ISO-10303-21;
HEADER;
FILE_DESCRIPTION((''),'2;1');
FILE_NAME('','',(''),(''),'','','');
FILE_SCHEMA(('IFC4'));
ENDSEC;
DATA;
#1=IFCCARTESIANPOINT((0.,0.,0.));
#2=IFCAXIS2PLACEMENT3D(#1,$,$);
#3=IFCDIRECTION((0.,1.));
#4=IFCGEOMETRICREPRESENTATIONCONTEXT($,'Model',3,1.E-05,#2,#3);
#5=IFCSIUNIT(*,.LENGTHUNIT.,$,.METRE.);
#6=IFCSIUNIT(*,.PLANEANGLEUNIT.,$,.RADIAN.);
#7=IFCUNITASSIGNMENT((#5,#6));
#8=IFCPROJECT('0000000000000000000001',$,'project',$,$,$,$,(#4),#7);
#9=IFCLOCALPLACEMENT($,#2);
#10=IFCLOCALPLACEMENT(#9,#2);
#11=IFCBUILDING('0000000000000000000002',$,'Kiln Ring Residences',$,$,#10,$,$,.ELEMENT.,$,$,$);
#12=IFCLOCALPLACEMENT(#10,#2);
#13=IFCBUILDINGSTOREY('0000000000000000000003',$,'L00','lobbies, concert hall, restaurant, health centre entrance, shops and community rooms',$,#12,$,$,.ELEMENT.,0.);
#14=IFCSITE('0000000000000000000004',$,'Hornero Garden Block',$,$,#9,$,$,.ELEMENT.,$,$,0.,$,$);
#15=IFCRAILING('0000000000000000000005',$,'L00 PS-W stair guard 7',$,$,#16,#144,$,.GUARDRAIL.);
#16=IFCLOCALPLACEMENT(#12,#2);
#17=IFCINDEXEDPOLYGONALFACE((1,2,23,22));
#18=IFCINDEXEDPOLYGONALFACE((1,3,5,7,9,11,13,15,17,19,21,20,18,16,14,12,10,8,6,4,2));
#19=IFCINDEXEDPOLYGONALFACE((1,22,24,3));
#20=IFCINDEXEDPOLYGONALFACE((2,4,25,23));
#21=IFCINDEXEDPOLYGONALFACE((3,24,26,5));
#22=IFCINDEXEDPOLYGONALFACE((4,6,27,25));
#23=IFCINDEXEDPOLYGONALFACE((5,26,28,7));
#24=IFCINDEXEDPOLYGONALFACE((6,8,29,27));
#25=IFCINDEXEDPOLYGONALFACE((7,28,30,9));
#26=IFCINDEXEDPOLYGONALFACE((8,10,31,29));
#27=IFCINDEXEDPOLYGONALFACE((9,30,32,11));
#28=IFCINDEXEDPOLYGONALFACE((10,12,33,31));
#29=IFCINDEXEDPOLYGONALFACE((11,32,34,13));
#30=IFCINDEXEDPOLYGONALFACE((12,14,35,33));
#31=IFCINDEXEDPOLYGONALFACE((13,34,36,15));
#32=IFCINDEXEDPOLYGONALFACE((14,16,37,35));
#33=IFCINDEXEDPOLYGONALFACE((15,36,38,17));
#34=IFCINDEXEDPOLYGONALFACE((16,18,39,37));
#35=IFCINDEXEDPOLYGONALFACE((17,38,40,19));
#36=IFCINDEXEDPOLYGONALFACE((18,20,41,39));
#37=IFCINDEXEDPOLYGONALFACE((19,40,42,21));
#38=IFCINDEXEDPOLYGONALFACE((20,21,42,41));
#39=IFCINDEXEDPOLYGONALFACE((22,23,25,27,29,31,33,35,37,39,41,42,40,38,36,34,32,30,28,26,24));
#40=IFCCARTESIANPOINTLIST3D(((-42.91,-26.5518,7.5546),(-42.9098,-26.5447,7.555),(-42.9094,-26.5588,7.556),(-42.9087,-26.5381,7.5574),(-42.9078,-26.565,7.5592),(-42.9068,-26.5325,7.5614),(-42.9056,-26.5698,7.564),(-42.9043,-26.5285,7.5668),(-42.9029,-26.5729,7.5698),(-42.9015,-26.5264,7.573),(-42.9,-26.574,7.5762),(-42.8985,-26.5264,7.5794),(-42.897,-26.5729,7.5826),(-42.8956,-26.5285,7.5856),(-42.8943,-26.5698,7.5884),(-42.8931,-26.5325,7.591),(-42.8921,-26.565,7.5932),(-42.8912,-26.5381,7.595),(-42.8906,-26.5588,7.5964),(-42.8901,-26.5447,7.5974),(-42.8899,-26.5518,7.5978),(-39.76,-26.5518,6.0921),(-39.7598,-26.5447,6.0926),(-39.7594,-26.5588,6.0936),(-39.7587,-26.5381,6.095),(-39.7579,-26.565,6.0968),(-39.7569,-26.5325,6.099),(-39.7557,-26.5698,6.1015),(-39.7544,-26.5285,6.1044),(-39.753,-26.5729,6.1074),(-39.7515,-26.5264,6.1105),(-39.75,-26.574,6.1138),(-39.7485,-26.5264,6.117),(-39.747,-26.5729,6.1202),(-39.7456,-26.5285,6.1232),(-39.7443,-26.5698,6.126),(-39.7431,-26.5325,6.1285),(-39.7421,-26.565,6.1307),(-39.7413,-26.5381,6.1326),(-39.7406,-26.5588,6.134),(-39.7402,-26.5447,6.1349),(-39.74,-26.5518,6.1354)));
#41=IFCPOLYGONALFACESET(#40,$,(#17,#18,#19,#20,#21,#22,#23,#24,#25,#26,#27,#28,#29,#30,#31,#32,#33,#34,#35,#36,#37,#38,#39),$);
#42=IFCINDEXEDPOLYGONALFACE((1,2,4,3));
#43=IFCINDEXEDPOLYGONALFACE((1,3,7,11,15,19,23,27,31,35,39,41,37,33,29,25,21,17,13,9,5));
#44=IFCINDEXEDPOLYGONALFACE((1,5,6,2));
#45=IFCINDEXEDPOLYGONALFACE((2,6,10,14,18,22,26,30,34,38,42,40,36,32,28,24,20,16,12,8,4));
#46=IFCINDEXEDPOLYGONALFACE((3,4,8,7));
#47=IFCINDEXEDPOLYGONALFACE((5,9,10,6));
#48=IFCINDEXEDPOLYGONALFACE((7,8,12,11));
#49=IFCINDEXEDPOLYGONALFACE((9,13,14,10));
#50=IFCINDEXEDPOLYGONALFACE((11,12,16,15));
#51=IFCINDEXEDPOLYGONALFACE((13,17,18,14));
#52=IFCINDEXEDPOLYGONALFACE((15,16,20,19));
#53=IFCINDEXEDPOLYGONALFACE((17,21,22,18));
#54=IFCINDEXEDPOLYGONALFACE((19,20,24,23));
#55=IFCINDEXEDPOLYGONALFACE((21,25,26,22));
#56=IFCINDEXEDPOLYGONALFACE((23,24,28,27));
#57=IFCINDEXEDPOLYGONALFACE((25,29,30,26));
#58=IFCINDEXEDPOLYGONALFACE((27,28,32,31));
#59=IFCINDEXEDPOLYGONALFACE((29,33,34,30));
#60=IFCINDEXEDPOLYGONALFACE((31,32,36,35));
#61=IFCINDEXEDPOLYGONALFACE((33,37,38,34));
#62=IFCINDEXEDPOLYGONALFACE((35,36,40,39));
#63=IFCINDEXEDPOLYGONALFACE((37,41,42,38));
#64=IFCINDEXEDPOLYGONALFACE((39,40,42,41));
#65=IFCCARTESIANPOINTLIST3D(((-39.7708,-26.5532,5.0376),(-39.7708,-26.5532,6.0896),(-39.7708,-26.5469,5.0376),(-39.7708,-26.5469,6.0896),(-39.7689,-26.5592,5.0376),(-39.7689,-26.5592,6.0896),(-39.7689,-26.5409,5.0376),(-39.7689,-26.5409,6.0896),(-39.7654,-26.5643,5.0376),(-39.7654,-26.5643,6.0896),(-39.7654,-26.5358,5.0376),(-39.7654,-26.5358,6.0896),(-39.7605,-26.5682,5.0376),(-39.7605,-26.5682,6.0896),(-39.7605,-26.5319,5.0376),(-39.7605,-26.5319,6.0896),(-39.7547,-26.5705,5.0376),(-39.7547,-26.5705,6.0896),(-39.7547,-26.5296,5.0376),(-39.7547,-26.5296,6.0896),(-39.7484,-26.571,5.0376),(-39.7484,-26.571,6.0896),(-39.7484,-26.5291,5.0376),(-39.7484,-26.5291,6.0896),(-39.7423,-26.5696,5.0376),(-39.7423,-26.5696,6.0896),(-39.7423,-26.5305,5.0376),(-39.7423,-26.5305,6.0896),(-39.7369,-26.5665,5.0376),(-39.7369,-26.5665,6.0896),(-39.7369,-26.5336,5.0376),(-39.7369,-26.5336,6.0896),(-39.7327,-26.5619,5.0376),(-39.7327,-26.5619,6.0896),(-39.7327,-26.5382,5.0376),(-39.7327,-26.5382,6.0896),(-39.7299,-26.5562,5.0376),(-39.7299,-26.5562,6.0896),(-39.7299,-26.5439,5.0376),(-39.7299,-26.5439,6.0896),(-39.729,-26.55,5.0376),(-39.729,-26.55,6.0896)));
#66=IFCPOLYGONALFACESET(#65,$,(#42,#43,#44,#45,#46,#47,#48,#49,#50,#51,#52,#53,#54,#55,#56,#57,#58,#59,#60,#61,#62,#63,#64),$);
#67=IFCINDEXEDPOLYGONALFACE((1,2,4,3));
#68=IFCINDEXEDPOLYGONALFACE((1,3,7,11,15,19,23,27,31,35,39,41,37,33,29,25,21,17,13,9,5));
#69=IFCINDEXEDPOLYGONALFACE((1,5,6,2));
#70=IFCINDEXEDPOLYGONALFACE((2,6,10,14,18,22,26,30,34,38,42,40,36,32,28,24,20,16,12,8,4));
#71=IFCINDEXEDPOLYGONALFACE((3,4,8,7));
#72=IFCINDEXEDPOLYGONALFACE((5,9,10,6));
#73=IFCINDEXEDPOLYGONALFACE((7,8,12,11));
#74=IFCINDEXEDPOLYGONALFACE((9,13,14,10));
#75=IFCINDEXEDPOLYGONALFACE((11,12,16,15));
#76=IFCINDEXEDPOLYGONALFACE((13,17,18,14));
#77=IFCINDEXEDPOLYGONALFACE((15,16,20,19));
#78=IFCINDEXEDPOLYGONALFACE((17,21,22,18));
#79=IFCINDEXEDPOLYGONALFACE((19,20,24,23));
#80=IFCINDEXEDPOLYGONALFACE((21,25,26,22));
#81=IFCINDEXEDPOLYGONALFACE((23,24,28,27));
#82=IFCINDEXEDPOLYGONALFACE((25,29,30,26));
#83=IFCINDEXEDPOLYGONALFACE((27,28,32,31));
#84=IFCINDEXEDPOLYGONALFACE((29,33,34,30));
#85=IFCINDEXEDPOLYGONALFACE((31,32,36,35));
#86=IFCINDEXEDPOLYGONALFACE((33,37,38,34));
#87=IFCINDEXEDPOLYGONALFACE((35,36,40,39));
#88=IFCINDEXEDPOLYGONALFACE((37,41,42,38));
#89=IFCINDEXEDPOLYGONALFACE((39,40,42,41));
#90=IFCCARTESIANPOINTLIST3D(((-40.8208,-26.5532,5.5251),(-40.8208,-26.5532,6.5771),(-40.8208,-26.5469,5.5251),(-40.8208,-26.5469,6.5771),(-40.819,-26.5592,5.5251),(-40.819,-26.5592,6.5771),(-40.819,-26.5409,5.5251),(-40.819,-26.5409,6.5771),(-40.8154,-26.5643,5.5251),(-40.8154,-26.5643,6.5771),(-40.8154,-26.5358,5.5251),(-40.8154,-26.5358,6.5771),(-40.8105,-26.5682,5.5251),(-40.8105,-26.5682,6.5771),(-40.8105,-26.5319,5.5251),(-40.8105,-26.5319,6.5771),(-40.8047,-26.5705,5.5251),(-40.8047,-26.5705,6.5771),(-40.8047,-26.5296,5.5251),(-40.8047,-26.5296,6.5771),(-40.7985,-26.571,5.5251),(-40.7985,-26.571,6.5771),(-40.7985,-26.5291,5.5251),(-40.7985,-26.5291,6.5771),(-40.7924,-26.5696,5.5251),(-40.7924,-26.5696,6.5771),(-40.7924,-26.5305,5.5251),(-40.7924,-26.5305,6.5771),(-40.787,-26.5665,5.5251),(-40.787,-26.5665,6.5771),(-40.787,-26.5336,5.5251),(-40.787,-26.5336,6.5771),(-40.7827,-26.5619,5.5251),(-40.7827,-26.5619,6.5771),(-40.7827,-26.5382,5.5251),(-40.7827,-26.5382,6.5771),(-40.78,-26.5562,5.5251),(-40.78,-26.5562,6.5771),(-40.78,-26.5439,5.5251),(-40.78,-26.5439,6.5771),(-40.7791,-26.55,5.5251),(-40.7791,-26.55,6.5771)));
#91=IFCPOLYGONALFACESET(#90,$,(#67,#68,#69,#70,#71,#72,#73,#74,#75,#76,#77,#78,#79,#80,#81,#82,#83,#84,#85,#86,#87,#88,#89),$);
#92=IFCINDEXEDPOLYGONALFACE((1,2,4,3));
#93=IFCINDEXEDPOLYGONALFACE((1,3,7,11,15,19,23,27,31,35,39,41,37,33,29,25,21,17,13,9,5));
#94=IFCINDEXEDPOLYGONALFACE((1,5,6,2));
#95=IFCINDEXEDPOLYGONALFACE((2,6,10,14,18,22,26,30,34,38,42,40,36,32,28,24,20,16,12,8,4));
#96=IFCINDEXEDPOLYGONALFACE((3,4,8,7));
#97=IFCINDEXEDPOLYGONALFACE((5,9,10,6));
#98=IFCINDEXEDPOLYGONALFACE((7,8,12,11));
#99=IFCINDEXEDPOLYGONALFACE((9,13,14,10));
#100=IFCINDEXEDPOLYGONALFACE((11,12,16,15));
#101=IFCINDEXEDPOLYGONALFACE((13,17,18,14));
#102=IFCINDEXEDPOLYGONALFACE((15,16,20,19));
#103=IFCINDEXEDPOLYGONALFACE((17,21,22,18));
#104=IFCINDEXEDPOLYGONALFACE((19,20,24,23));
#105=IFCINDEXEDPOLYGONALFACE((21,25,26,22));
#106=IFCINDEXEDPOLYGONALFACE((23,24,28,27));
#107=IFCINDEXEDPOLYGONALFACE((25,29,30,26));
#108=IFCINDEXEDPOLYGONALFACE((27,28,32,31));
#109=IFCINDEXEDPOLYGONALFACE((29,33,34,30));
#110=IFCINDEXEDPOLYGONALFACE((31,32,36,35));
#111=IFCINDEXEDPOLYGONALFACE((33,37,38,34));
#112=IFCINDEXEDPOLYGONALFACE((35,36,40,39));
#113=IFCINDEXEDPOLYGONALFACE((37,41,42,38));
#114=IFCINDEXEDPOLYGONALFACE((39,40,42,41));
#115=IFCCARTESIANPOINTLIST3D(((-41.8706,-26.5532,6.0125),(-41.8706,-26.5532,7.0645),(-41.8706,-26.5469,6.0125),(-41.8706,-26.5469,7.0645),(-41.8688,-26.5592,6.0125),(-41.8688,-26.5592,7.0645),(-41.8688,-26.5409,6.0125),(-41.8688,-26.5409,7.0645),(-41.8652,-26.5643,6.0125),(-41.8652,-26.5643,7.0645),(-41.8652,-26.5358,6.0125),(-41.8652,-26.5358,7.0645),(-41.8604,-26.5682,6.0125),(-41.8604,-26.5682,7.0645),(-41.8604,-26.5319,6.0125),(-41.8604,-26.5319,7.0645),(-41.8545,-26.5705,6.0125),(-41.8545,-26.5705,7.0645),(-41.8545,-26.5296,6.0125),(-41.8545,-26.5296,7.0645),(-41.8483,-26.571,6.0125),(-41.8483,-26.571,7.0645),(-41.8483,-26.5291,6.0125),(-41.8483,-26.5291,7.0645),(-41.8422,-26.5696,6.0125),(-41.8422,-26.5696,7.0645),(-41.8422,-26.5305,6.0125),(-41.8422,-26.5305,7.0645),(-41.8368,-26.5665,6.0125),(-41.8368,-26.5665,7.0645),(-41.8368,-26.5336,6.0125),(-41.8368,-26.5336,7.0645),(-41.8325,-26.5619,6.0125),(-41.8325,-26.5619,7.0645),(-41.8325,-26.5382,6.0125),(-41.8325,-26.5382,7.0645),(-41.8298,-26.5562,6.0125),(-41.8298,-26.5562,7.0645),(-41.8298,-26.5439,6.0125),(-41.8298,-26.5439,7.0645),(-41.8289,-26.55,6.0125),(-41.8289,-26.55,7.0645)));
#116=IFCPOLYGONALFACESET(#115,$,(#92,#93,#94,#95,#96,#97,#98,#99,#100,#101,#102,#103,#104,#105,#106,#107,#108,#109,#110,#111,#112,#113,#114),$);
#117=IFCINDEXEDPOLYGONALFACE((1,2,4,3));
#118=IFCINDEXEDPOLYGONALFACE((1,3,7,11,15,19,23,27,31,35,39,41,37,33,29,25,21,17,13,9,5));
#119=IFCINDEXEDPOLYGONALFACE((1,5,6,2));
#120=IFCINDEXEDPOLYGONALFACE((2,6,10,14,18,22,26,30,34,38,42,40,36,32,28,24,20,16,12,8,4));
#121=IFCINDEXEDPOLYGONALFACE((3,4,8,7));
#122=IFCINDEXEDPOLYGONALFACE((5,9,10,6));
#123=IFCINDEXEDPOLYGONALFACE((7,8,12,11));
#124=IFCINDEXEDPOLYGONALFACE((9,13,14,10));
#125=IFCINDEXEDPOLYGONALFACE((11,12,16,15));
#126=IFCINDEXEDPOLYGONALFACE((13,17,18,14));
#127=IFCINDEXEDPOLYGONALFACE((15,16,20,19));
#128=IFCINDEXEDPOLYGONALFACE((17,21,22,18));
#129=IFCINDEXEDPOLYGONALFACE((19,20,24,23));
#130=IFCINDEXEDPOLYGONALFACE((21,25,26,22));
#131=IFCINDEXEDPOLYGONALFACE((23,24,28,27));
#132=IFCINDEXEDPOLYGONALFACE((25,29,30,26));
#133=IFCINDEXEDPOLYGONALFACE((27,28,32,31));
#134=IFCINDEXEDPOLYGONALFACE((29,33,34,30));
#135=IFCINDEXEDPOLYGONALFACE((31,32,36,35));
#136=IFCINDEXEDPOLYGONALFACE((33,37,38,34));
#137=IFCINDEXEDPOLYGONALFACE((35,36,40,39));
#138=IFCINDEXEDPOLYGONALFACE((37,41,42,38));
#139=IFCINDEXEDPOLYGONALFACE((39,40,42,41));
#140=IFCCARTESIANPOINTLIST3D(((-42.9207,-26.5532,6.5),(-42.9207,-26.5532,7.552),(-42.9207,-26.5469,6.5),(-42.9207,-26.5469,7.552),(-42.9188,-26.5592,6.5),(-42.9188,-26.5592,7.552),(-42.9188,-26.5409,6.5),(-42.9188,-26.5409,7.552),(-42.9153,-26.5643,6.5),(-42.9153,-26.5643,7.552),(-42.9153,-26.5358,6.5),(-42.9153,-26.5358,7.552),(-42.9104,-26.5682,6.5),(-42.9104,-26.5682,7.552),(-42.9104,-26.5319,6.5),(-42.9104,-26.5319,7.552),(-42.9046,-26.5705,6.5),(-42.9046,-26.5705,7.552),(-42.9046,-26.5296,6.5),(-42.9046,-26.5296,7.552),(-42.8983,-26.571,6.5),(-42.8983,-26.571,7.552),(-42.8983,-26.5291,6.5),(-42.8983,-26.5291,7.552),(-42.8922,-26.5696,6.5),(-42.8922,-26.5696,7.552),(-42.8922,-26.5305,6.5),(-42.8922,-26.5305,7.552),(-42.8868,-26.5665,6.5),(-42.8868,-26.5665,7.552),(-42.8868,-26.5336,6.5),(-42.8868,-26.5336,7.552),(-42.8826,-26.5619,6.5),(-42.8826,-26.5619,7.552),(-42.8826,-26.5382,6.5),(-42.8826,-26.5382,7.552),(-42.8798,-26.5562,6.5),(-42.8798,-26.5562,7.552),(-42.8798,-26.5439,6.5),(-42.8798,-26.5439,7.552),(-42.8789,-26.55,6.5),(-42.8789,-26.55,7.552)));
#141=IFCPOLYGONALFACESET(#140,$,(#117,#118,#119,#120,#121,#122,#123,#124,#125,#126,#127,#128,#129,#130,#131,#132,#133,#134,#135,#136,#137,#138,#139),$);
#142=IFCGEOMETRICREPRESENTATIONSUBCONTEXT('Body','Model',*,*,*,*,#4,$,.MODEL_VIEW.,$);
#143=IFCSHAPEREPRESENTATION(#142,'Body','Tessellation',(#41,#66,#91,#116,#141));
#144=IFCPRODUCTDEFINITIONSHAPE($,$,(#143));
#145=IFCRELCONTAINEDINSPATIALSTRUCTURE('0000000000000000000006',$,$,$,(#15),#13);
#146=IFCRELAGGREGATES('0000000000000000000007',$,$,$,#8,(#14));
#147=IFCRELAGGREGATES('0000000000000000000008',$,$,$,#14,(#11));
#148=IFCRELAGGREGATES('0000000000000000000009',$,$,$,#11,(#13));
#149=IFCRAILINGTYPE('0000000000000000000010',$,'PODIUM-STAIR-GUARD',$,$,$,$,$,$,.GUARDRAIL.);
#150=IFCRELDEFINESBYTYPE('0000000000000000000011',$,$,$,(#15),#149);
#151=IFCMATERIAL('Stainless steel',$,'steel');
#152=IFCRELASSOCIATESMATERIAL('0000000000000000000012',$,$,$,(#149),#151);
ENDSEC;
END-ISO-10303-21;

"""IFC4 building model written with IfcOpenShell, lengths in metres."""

from ifc_helpers import new_model, si_unit, direction, frame, origin, origin_2d, place, context, subcontext, project, spatial, circle, extrude, material, type_object, element, save


model = new_model("IFC4")

# Units and contexts
model_context = context("Model", 3, precision=1e-05, world=origin(), true_north=direction((0.0, 1.0)))
body_context = subcontext(model_context, "Body", "Model", "MODEL_VIEW")
ifc_project = project(units=[si_unit("LENGTHUNIT", "METRE"), si_unit("PLANEANGLEUNIT", "RADIAN")], contexts=[model_context])

# Site, building, storey
site_placement = place(None, origin())
site = spatial("IfcSite", under=ifc_project, at=site_placement, Name="Hornero Garden Block", CompositionType="ELEMENT", RefElevation=0.0)
building_placement = place(site_placement, origin())
building = spatial("IfcBuilding", under=site, at=building_placement, Name="Kiln Ring Residences", CompositionType="ELEMENT")
storey_placement = place(building_placement, origin())
storey = spatial("IfcBuildingStorey", under=building, at=storey_placement, Name="L00", Description="lobbies, concert hall, restaurant, health centre entrance, shops and community rooms", CompositionType="ELEMENT", Elevation=0.0)

# Railing
ifc_material_1 = material(Name="Stainless steel", Category="steel")
railing_type_1 = type_object("IfcRailingType", Name="PODIUM-STAIR-GUARD", PredefinedType="GUARDRAIL", material=ifc_material_1)
railing_1_placement = place(storey_placement, frame((-39.75, -26.55, 5.0376)))
element("IfcRailing", 1, at=railing_1_placement, inside=storey, type_object=railing_type_1, Name="L00 PS-W stair guard 7", PredefinedType="GUARDRAIL", context=body_context, shape_type="SweptSolid", body=[
    extrude(circle(Radius=0.0239, at=origin_2d()), frame((0.0, 0.0, 1.0762), z_axis=(-0.907015, 0.0, 0.421099), x_axis=(0.0, -1.0, 0.0)), (0.0, 0.0, 1.0), 3.4729),
    extrude(circle(Radius=0.021, at=origin_2d()), origin(), (0.0, 0.0, 1.0), 1.052),
    extrude(circle(Radius=0.021, at=origin_2d()), frame((-1.05, 0.0, 0.4875)), (0.0, 0.0, 1.0), 1.052),
    extrude(circle(Radius=0.021, at=origin_2d()), frame((-2.0999, 0.0, 0.9749)), (0.0, 0.0, 1.0), 1.052),
    extrude(circle(Radius=0.021, at=origin_2d()), frame((-3.1499, 0.0, 1.4624)), (0.0, 0.0, 1.0), 1.052),
])

save(model, "model.ifc")
